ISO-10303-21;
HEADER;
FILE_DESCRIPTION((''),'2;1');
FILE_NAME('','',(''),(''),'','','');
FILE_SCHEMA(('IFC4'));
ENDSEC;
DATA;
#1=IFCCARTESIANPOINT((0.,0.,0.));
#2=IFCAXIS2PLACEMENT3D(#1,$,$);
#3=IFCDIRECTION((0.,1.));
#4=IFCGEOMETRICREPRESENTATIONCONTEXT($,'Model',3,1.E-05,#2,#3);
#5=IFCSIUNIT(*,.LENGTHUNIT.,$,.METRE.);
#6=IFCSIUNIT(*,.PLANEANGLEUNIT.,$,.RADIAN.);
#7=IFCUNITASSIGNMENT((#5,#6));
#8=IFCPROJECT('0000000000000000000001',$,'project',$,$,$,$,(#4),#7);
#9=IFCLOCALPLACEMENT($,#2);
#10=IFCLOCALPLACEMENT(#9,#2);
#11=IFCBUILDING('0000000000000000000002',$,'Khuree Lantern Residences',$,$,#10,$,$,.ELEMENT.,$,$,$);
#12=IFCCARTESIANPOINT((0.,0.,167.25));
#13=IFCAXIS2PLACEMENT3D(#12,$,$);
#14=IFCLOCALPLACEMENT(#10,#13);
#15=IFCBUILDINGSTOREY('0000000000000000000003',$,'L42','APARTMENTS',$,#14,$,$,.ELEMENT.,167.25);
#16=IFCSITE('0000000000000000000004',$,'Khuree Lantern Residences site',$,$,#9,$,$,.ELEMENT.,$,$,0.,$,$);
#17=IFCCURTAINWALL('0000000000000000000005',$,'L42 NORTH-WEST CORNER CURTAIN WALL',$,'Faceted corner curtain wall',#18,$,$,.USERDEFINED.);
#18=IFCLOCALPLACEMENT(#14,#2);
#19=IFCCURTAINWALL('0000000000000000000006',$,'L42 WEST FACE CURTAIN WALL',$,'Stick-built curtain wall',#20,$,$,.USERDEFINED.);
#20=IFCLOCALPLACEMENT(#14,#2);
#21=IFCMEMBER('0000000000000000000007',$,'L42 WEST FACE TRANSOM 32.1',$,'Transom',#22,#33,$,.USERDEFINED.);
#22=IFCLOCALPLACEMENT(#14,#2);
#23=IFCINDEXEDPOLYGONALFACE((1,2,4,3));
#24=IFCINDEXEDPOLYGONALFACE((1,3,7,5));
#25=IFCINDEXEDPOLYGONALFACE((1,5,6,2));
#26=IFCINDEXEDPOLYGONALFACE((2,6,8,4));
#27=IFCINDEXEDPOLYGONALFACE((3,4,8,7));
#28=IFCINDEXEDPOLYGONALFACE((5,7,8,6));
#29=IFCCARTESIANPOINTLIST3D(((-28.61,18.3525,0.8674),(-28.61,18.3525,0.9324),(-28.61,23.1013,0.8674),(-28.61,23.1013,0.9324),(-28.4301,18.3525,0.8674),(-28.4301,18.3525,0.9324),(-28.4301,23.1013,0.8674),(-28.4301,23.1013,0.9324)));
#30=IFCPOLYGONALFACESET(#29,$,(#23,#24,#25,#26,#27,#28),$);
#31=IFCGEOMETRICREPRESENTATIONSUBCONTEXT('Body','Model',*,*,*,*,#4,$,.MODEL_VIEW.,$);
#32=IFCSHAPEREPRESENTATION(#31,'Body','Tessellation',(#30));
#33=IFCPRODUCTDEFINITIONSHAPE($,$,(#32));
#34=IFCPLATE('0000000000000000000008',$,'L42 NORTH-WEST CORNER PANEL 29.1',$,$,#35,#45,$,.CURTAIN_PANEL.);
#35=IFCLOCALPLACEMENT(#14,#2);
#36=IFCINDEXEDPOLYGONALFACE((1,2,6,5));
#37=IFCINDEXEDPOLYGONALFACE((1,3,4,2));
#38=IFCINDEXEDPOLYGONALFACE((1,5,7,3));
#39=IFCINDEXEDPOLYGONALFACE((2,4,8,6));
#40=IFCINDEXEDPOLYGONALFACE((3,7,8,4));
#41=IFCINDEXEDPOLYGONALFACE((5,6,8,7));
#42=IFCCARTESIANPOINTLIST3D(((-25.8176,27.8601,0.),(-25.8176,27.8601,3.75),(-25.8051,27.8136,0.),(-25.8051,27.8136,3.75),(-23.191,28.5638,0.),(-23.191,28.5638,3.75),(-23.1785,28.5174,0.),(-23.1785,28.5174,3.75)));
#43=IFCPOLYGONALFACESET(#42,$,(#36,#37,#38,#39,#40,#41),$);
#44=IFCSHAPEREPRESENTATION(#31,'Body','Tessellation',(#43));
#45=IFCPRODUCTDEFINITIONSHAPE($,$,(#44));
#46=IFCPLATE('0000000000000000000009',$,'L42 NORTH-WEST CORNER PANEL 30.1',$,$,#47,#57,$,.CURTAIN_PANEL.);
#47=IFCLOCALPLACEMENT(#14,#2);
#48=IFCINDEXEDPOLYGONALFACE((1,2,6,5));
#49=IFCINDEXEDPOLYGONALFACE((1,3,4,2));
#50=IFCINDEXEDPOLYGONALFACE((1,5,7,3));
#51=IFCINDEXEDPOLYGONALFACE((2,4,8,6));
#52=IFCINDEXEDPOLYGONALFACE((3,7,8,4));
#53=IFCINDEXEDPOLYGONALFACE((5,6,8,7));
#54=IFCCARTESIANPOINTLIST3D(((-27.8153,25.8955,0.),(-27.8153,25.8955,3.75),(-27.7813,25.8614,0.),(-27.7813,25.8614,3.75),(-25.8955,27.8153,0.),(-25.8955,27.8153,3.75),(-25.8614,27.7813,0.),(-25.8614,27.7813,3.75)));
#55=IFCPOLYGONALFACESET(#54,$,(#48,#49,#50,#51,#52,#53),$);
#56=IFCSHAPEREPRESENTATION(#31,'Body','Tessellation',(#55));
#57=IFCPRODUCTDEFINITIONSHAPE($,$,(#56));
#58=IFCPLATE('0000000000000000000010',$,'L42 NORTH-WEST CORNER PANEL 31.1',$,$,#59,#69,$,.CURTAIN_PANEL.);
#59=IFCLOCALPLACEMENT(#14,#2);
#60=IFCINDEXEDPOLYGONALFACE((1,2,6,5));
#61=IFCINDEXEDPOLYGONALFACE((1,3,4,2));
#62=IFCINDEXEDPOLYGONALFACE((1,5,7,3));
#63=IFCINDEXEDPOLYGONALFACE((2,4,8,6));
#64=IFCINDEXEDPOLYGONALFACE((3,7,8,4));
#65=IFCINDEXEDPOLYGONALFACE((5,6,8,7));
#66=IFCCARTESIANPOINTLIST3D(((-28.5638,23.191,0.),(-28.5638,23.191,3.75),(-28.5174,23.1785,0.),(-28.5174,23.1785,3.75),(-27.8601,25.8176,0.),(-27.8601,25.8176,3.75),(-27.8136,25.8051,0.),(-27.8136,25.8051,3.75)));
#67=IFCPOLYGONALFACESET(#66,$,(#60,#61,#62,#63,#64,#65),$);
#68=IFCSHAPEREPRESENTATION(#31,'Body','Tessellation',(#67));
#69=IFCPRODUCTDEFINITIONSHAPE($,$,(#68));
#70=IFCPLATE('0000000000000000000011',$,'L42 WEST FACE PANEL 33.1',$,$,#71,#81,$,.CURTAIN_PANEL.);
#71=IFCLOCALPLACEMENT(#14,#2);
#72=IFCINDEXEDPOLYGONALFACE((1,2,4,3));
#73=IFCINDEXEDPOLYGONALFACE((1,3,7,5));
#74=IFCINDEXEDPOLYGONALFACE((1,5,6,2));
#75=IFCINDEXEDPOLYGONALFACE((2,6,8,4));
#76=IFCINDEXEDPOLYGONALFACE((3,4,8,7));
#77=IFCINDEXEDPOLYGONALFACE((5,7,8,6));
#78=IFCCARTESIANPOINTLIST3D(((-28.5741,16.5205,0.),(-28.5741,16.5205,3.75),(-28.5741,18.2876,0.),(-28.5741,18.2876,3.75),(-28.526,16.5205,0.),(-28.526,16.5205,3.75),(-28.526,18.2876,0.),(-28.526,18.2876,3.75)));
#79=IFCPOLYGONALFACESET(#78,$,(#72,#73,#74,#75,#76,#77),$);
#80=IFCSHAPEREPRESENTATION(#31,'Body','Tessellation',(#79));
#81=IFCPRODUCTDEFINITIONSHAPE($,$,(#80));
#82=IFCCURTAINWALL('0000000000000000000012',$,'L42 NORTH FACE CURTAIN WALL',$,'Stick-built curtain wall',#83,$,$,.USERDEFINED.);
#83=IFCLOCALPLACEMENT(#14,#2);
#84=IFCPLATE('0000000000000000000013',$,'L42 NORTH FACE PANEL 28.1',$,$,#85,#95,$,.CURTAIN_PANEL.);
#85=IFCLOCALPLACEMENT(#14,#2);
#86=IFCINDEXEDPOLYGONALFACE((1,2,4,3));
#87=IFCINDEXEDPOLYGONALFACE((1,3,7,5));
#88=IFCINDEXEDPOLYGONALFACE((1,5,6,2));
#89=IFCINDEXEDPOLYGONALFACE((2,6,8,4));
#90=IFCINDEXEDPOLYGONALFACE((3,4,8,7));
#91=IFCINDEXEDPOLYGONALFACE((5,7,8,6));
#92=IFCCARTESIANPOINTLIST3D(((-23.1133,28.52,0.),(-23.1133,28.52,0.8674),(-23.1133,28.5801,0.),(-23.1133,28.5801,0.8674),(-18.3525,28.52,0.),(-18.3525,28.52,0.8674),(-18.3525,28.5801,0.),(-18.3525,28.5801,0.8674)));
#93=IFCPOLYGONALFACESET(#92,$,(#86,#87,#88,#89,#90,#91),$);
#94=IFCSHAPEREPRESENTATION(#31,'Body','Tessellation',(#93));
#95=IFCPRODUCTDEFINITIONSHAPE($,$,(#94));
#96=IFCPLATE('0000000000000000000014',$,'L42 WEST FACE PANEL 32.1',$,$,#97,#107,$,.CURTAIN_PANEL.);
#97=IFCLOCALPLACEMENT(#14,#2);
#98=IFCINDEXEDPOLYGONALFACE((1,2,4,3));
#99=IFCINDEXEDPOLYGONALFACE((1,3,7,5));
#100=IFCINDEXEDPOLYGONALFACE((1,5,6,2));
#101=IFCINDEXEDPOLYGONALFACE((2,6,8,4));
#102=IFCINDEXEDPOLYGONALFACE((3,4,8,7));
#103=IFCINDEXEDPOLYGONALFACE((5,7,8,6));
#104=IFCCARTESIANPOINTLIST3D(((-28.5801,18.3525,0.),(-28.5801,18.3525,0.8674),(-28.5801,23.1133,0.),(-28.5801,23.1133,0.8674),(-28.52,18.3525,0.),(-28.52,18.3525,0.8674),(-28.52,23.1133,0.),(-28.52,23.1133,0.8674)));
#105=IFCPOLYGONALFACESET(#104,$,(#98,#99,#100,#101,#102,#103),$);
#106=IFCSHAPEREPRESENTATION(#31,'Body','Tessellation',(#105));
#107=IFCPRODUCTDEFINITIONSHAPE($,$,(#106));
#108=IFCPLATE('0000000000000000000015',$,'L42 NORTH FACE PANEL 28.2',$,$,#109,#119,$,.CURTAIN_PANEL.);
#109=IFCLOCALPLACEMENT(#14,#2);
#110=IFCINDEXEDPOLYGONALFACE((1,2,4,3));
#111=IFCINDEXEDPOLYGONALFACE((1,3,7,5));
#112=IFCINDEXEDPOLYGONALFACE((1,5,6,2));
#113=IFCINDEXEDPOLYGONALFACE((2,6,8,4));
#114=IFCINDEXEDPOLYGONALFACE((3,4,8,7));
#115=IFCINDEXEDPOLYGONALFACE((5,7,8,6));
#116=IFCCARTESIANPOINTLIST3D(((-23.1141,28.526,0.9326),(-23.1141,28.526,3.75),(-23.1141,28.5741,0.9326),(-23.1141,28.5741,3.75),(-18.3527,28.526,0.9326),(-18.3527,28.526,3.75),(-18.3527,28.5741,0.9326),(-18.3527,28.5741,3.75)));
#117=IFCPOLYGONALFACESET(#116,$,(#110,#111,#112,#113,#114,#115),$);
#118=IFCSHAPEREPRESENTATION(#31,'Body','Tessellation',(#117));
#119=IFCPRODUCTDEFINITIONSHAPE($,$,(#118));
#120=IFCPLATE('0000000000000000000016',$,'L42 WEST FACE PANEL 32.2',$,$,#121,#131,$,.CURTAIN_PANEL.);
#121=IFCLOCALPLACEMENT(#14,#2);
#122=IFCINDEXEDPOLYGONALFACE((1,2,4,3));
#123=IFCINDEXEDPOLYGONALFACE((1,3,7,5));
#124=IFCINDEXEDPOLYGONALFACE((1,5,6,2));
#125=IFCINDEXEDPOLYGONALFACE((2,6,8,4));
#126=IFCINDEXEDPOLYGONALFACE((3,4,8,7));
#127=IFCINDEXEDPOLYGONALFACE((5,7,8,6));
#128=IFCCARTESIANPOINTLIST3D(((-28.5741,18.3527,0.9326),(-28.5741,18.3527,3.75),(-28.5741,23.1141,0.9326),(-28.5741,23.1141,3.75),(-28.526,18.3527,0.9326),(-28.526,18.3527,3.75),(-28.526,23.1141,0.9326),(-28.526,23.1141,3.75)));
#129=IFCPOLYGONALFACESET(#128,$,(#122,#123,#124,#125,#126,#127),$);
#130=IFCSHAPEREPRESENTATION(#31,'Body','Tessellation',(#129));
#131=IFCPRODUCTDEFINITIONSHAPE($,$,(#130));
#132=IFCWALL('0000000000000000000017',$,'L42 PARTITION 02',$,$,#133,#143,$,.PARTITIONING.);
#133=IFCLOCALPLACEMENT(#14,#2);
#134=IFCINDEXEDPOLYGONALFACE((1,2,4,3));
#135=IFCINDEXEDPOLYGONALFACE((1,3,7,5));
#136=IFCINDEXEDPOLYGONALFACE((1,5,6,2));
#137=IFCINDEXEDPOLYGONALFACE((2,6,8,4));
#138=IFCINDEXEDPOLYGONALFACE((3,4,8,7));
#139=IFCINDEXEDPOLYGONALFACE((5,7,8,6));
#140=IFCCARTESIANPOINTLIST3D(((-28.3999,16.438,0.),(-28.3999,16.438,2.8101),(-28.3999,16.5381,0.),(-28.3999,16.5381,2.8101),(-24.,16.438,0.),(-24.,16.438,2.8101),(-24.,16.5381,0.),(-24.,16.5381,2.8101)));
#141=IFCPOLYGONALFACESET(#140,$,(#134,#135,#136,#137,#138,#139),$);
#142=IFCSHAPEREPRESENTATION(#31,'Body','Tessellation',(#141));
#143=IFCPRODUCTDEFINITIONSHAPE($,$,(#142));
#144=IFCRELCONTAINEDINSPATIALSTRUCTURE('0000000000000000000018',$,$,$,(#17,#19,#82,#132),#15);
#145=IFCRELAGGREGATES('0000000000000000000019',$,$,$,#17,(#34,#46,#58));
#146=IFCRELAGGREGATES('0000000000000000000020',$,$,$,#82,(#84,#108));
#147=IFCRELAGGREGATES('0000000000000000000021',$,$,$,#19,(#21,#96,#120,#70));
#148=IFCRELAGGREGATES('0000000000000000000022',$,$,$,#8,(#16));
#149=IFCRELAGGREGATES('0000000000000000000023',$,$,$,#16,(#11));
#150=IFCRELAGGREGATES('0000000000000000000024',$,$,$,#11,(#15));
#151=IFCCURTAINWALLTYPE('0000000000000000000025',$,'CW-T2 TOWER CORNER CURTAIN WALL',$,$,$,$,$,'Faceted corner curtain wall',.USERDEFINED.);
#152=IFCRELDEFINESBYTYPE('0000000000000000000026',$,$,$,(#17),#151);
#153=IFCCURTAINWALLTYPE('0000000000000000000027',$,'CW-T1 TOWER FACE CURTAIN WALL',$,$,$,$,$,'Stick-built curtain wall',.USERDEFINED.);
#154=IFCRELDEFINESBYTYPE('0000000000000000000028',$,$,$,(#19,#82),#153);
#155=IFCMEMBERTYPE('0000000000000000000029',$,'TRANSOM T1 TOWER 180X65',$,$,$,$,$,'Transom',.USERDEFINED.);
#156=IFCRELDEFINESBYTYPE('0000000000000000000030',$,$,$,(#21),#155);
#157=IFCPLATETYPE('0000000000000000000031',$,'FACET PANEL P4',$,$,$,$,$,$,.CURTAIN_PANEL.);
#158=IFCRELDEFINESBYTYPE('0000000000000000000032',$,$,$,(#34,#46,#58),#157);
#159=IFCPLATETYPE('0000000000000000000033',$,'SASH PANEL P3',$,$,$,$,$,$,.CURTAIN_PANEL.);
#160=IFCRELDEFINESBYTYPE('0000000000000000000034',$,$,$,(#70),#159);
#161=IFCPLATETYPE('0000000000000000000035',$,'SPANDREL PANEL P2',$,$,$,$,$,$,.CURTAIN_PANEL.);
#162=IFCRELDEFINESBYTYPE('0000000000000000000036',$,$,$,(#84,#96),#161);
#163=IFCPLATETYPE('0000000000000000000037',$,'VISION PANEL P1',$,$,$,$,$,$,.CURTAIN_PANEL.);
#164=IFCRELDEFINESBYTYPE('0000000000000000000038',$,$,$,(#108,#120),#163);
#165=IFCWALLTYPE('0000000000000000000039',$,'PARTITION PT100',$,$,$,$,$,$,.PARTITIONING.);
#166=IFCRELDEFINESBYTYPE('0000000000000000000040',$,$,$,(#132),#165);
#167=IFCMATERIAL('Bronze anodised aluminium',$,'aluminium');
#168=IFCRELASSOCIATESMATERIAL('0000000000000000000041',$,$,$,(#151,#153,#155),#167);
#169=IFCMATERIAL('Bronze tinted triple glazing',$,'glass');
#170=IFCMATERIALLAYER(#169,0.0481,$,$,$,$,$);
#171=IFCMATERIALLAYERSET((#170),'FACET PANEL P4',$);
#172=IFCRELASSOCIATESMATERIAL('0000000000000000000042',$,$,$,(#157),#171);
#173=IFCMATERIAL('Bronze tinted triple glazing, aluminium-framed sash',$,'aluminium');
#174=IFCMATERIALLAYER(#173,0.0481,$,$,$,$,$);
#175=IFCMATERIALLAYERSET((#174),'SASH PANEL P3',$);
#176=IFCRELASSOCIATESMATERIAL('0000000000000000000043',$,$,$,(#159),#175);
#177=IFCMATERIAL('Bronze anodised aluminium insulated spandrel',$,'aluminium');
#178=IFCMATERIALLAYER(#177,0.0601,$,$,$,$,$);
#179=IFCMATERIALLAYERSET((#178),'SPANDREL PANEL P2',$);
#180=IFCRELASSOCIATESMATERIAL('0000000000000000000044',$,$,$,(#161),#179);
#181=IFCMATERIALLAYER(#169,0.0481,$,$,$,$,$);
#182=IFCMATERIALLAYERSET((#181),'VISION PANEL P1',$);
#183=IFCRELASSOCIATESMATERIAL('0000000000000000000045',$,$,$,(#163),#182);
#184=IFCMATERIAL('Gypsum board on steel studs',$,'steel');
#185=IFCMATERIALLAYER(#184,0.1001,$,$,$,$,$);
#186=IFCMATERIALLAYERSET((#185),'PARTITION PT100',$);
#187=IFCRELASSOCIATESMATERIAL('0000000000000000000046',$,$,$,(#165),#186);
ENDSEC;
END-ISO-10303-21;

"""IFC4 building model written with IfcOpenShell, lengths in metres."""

from ifc_helpers import new_model, si_unit, direction, frame, frame_2d, origin, origin_2d, place, context, subcontext, project, spatial, rectangle, extrude, material, layer, layer_set, material_profile, profile_set, type_object, element, aggregate, save


model = new_model("IFC4")

# Units and contexts
model_context = context("Model", 3, precision=1e-05, world=origin(), true_north=direction((0.0, 1.0)))
body_context = subcontext(model_context, "Body", "Model", "MODEL_VIEW")
ifc_project = project(units=[si_unit("LENGTHUNIT", "METRE"), si_unit("PLANEANGLEUNIT", "RADIAN")], contexts=[model_context])

# Site, building, storey
site_placement = place(None, origin())
site = spatial("IfcSite", under=ifc_project, at=site_placement, Name="Khuree Lantern Residences site", CompositionType="ELEMENT", RefElevation=0.0)
building_placement = place(site_placement, origin())
building = spatial("IfcBuilding", under=site, at=building_placement, Name="Khuree Lantern Residences", CompositionType="ELEMENT")
storey_placement = place(building_placement, frame((0.0, 0.0, 167.25)))
storey = spatial("IfcBuildingStorey", under=building, at=storey_placement, Name="L42", Description="APARTMENTS", CompositionType="ELEMENT", Elevation=167.25)

# Curtain wall
ifc_material_1 = material(Name="Bronze anodised aluminium", Category="aluminium")
curtain_wall_type_1 = type_object("IfcCurtainWallType", Name="CW-T2 TOWER CORNER CURTAIN WALL", ElementType="Faceted corner curtain wall", PredefinedType="USERDEFINED", material=ifc_material_1)
curtain_wall_1_placement = place(storey_placement, origin())
curtain_wall_1 = element("IfcCurtainWall", 1, at=curtain_wall_1_placement, inside=storey, type_object=curtain_wall_type_1, Name="L42 NORTH-WEST CORNER CURTAIN WALL", ObjectType="Faceted corner curtain wall", PredefinedType="USERDEFINED")

# Curtain wall, member
curtain_wall_type_2 = type_object("IfcCurtainWallType", Name="CW-T1 TOWER FACE CURTAIN WALL", ElementType="Stick-built curtain wall", PredefinedType="USERDEFINED", material=ifc_material_1)
curtain_wall_2_placement = place(storey_placement, origin())
curtain_wall_2 = element("IfcCurtainWall", 2, at=curtain_wall_2_placement, inside=storey, type_object=curtain_wall_type_2, Name="L42 WEST FACE CURTAIN WALL", ObjectType="Stick-built curtain wall", PredefinedType="USERDEFINED")
ifc_material_profile_1 = material_profile(ifc_material_1, rectangle(XDim=0.1799, YDim=0.0649, at=origin_2d()), Name="T1 180X65")
ifc_profile_set_1 = profile_set([ifc_material_profile_1], Name="Bronze anodised aluminium")
member_type_1 = type_object("IfcMemberType", Name="TRANSOM T1 TOWER 180X65", ElementType="Transom", PredefinedType="USERDEFINED", material=ifc_profile_set_1)
member_1_placement = place(storey_placement, frame((-28.52, 23.1013, 0.8999), z_axis=(0.0, -1.0, 0.0), x_axis=(1.0, 0.0, 0.0)))
member_1 = element("IfcMember", 3, at=member_1_placement, type_object=member_type_1, Name="L42 WEST FACE TRANSOM 32.1", ObjectType="Transom", PredefinedType="USERDEFINED", context=body_context, shape_type="SweptSolid", body=[
    extrude(rectangle(XDim=0.1799, YDim=0.0649, at=origin_2d()), origin(), (0.0, 0.0, 1.0), 4.7488),
])

# Plates
ifc_material_2 = material(Name="Bronze tinted triple glazing", Category="glass")
ifc_layer_1 = layer(ifc_material_2, 0.0481)
ifc_layer_set_1 = layer_set([ifc_layer_1], Name="FACET PANEL P4")
plate_type_1 = type_object("IfcPlateType", Name="FACET PANEL P4", PredefinedType="CURTAIN_PANEL", material=ifc_layer_set_1)
plate_1_placement = place(storey_placement, frame((-24.498, 28.1887, 0.0), z_axis=(0.0, 0.0, 1.0), x_axis=(-0.965926, -0.258819, 0.0)))
plate_1 = element("IfcPlate", 4, at=plate_1_placement, type_object=plate_type_1, Name="L42 NORTH-WEST CORNER PANEL 29.1", PredefinedType="CURTAIN_PANEL", context=body_context, shape_type="SweptSolid", body=[
    extrude(rectangle(XDim=2.7192, YDim=0.0481, at=origin_2d()), origin(), (0.0, 0.0, 1.0), 3.75),
])
plate_2_placement = place(storey_placement, frame((-26.8384, 26.8384, 0.0), z_axis=(0.0, 0.0, 1.0), x_axis=(-0.707107, -0.707107, 0.0)))
plate_2 = element("IfcPlate", 5, at=plate_2_placement, type_object=plate_type_1, Name="L42 NORTH-WEST CORNER PANEL 30.1", PredefinedType="CURTAIN_PANEL", context=body_context, shape_type="SweptSolid", body=[
    extrude(rectangle(XDim=2.7151, YDim=0.0481, at=origin_2d()), origin(), (0.0, 0.0, 1.0), 3.75),
])
plate_3_placement = place(storey_placement, frame((-28.1887, 24.498, 0.0), z_axis=(0.0, 0.0, 1.0), x_axis=(-0.258819, -0.965926, 0.0)))
plate_3 = element("IfcPlate", 6, at=plate_3_placement, type_object=plate_type_1, Name="L42 NORTH-WEST CORNER PANEL 31.1", PredefinedType="CURTAIN_PANEL", context=body_context, shape_type="SweptSolid", body=[
    extrude(rectangle(XDim=2.7192, YDim=0.0481, at=origin_2d()), origin(), (0.0, 0.0, 1.0), 3.75),
])
aggregate(curtain_wall_1, [plate_1, plate_2, plate_3])
ifc_material_3 = material(Name="Bronze tinted triple glazing, aluminium-framed sash", Category="aluminium")
ifc_layer_2 = layer(ifc_material_3, 0.0481)
ifc_layer_set_2 = layer_set([ifc_layer_2], Name="SASH PANEL P3")
plate_type_2 = type_object("IfcPlateType", Name="SASH PANEL P3", PredefinedType="CURTAIN_PANEL", material=ifc_layer_set_2)
plate_4_placement = place(storey_placement, frame((-28.55, 17.4041, 0.0), z_axis=(0.0, 0.0, 1.0), x_axis=(0.0, -1.0, 0.0)))
plate_4 = element("IfcPlate", 7, at=plate_4_placement, type_object=plate_type_2, Name="L42 WEST FACE PANEL 33.1", PredefinedType="CURTAIN_PANEL", context=body_context, shape_type="SweptSolid", body=[
    extrude(rectangle(XDim=1.7671, YDim=0.0481, at=origin_2d()), origin(), (0.0, 0.0, 1.0), 3.75),
])

# Curtain wall, plate
curtain_wall_3_placement = place(storey_placement, origin())
curtain_wall_3 = element("IfcCurtainWall", 8, at=curtain_wall_3_placement, inside=storey, type_object=curtain_wall_type_2, Name="L42 NORTH FACE CURTAIN WALL", ObjectType="Stick-built curtain wall", PredefinedType="USERDEFINED")
ifc_material_4 = material(Name="Bronze anodised aluminium insulated spandrel", Category="aluminium")
ifc_layer_3 = layer(ifc_material_4, 0.0601)
ifc_layer_set_3 = layer_set([ifc_layer_3], Name="SPANDREL PANEL P2")
plate_type_3 = type_object("IfcPlateType", Name="SPANDREL PANEL P2", PredefinedType="CURTAIN_PANEL", material=ifc_layer_set_3)
plate_5_placement = place(storey_placement, frame((-20.7329, 28.55, 0.0), z_axis=(0.0, 0.0, 1.0), x_axis=(-1.0, 0.0, 0.0)))
plate_5 = element("IfcPlate", 9, at=plate_5_placement, type_object=plate_type_3, Name="L42 NORTH FACE PANEL 28.1", PredefinedType="CURTAIN_PANEL", context=body_context, shape_type="SweptSolid", body=[
    extrude(rectangle(XDim=4.7607, YDim=0.0601, at=origin_2d()), origin(), (0.0, 0.0, 1.0), 0.8674),
])

# Plates
plate_6_placement = place(storey_placement, frame((-28.55, 20.7329, 0.0), z_axis=(0.0, 0.0, 1.0), x_axis=(0.0, -1.0, 0.0)))
plate_6 = element("IfcPlate", 10, at=plate_6_placement, type_object=plate_type_3, Name="L42 WEST FACE PANEL 32.1", PredefinedType="CURTAIN_PANEL", context=body_context, shape_type="SweptSolid", body=[
    extrude(rectangle(XDim=4.7607, YDim=0.0601, at=origin_2d()), origin(), (0.0, 0.0, 1.0), 0.8674),
])
ifc_layer_4 = layer(ifc_material_2, 0.0481)
ifc_layer_set_4 = layer_set([ifc_layer_4], Name="VISION PANEL P1")
plate_type_4 = type_object("IfcPlateType", Name="VISION PANEL P1", PredefinedType="CURTAIN_PANEL", material=ifc_layer_set_4)
plate_7_placement = place(storey_placement, frame((-20.7334, 28.55, 0.9326), z_axis=(0.0, 0.0, 1.0), x_axis=(-1.0, 0.0, 0.0)))
plate_7 = element("IfcPlate", 11, at=plate_7_placement, type_object=plate_type_4, Name="L42 NORTH FACE PANEL 28.2", PredefinedType="CURTAIN_PANEL", context=body_context, shape_type="SweptSolid", body=[
    extrude(rectangle(XDim=4.7615, YDim=0.0481, at=origin_2d()), origin(), (0.0, 0.0, 1.0), 2.8174),
])
aggregate(curtain_wall_3, [plate_5, plate_7])
plate_8_placement = place(storey_placement, frame((-28.55, 20.7334, 0.9326), z_axis=(0.0, 0.0, 1.0), x_axis=(0.0, -1.0, 0.0)))
plate_8 = element("IfcPlate", 12, at=plate_8_placement, type_object=plate_type_4, Name="L42 WEST FACE PANEL 32.2", PredefinedType="CURTAIN_PANEL", context=body_context, shape_type="SweptSolid", body=[
    extrude(rectangle(XDim=4.7615, YDim=0.0481, at=origin_2d()), origin(), (0.0, 0.0, 1.0), 2.8174),
])
aggregate(curtain_wall_2, [member_1, plate_6, plate_8, plate_4])

# Wall
ifc_material_5 = material(Name="Gypsum board on steel studs", Category="steel")
ifc_layer_5 = layer(ifc_material_5, 0.1001)
ifc_layer_set_5 = layer_set([ifc_layer_5], Name="PARTITION PT100")
wall_type = type_object("IfcWallType", Name="PARTITION PT100", PredefinedType="PARTITIONING", material=ifc_layer_set_5)
wall_placement = place(storey_placement, frame((-24.0, 16.488, 0.0), z_axis=(0.0, 0.0, 1.0), x_axis=(-1.0, 0.0, 0.0)))
element("IfcWall", 13, at=wall_placement, inside=storey, type_object=wall_type, Name="L42 PARTITION 02", PredefinedType="PARTITIONING", context=body_context, shape_type="SweptSolid", body=[
    extrude(rectangle(XDim=4.3999, YDim=0.1001, at=frame_2d((2.2, 0.0))), origin(), (0.0, 0.0, 1.0), 2.8101),
])

save(model, "model.ifc")
